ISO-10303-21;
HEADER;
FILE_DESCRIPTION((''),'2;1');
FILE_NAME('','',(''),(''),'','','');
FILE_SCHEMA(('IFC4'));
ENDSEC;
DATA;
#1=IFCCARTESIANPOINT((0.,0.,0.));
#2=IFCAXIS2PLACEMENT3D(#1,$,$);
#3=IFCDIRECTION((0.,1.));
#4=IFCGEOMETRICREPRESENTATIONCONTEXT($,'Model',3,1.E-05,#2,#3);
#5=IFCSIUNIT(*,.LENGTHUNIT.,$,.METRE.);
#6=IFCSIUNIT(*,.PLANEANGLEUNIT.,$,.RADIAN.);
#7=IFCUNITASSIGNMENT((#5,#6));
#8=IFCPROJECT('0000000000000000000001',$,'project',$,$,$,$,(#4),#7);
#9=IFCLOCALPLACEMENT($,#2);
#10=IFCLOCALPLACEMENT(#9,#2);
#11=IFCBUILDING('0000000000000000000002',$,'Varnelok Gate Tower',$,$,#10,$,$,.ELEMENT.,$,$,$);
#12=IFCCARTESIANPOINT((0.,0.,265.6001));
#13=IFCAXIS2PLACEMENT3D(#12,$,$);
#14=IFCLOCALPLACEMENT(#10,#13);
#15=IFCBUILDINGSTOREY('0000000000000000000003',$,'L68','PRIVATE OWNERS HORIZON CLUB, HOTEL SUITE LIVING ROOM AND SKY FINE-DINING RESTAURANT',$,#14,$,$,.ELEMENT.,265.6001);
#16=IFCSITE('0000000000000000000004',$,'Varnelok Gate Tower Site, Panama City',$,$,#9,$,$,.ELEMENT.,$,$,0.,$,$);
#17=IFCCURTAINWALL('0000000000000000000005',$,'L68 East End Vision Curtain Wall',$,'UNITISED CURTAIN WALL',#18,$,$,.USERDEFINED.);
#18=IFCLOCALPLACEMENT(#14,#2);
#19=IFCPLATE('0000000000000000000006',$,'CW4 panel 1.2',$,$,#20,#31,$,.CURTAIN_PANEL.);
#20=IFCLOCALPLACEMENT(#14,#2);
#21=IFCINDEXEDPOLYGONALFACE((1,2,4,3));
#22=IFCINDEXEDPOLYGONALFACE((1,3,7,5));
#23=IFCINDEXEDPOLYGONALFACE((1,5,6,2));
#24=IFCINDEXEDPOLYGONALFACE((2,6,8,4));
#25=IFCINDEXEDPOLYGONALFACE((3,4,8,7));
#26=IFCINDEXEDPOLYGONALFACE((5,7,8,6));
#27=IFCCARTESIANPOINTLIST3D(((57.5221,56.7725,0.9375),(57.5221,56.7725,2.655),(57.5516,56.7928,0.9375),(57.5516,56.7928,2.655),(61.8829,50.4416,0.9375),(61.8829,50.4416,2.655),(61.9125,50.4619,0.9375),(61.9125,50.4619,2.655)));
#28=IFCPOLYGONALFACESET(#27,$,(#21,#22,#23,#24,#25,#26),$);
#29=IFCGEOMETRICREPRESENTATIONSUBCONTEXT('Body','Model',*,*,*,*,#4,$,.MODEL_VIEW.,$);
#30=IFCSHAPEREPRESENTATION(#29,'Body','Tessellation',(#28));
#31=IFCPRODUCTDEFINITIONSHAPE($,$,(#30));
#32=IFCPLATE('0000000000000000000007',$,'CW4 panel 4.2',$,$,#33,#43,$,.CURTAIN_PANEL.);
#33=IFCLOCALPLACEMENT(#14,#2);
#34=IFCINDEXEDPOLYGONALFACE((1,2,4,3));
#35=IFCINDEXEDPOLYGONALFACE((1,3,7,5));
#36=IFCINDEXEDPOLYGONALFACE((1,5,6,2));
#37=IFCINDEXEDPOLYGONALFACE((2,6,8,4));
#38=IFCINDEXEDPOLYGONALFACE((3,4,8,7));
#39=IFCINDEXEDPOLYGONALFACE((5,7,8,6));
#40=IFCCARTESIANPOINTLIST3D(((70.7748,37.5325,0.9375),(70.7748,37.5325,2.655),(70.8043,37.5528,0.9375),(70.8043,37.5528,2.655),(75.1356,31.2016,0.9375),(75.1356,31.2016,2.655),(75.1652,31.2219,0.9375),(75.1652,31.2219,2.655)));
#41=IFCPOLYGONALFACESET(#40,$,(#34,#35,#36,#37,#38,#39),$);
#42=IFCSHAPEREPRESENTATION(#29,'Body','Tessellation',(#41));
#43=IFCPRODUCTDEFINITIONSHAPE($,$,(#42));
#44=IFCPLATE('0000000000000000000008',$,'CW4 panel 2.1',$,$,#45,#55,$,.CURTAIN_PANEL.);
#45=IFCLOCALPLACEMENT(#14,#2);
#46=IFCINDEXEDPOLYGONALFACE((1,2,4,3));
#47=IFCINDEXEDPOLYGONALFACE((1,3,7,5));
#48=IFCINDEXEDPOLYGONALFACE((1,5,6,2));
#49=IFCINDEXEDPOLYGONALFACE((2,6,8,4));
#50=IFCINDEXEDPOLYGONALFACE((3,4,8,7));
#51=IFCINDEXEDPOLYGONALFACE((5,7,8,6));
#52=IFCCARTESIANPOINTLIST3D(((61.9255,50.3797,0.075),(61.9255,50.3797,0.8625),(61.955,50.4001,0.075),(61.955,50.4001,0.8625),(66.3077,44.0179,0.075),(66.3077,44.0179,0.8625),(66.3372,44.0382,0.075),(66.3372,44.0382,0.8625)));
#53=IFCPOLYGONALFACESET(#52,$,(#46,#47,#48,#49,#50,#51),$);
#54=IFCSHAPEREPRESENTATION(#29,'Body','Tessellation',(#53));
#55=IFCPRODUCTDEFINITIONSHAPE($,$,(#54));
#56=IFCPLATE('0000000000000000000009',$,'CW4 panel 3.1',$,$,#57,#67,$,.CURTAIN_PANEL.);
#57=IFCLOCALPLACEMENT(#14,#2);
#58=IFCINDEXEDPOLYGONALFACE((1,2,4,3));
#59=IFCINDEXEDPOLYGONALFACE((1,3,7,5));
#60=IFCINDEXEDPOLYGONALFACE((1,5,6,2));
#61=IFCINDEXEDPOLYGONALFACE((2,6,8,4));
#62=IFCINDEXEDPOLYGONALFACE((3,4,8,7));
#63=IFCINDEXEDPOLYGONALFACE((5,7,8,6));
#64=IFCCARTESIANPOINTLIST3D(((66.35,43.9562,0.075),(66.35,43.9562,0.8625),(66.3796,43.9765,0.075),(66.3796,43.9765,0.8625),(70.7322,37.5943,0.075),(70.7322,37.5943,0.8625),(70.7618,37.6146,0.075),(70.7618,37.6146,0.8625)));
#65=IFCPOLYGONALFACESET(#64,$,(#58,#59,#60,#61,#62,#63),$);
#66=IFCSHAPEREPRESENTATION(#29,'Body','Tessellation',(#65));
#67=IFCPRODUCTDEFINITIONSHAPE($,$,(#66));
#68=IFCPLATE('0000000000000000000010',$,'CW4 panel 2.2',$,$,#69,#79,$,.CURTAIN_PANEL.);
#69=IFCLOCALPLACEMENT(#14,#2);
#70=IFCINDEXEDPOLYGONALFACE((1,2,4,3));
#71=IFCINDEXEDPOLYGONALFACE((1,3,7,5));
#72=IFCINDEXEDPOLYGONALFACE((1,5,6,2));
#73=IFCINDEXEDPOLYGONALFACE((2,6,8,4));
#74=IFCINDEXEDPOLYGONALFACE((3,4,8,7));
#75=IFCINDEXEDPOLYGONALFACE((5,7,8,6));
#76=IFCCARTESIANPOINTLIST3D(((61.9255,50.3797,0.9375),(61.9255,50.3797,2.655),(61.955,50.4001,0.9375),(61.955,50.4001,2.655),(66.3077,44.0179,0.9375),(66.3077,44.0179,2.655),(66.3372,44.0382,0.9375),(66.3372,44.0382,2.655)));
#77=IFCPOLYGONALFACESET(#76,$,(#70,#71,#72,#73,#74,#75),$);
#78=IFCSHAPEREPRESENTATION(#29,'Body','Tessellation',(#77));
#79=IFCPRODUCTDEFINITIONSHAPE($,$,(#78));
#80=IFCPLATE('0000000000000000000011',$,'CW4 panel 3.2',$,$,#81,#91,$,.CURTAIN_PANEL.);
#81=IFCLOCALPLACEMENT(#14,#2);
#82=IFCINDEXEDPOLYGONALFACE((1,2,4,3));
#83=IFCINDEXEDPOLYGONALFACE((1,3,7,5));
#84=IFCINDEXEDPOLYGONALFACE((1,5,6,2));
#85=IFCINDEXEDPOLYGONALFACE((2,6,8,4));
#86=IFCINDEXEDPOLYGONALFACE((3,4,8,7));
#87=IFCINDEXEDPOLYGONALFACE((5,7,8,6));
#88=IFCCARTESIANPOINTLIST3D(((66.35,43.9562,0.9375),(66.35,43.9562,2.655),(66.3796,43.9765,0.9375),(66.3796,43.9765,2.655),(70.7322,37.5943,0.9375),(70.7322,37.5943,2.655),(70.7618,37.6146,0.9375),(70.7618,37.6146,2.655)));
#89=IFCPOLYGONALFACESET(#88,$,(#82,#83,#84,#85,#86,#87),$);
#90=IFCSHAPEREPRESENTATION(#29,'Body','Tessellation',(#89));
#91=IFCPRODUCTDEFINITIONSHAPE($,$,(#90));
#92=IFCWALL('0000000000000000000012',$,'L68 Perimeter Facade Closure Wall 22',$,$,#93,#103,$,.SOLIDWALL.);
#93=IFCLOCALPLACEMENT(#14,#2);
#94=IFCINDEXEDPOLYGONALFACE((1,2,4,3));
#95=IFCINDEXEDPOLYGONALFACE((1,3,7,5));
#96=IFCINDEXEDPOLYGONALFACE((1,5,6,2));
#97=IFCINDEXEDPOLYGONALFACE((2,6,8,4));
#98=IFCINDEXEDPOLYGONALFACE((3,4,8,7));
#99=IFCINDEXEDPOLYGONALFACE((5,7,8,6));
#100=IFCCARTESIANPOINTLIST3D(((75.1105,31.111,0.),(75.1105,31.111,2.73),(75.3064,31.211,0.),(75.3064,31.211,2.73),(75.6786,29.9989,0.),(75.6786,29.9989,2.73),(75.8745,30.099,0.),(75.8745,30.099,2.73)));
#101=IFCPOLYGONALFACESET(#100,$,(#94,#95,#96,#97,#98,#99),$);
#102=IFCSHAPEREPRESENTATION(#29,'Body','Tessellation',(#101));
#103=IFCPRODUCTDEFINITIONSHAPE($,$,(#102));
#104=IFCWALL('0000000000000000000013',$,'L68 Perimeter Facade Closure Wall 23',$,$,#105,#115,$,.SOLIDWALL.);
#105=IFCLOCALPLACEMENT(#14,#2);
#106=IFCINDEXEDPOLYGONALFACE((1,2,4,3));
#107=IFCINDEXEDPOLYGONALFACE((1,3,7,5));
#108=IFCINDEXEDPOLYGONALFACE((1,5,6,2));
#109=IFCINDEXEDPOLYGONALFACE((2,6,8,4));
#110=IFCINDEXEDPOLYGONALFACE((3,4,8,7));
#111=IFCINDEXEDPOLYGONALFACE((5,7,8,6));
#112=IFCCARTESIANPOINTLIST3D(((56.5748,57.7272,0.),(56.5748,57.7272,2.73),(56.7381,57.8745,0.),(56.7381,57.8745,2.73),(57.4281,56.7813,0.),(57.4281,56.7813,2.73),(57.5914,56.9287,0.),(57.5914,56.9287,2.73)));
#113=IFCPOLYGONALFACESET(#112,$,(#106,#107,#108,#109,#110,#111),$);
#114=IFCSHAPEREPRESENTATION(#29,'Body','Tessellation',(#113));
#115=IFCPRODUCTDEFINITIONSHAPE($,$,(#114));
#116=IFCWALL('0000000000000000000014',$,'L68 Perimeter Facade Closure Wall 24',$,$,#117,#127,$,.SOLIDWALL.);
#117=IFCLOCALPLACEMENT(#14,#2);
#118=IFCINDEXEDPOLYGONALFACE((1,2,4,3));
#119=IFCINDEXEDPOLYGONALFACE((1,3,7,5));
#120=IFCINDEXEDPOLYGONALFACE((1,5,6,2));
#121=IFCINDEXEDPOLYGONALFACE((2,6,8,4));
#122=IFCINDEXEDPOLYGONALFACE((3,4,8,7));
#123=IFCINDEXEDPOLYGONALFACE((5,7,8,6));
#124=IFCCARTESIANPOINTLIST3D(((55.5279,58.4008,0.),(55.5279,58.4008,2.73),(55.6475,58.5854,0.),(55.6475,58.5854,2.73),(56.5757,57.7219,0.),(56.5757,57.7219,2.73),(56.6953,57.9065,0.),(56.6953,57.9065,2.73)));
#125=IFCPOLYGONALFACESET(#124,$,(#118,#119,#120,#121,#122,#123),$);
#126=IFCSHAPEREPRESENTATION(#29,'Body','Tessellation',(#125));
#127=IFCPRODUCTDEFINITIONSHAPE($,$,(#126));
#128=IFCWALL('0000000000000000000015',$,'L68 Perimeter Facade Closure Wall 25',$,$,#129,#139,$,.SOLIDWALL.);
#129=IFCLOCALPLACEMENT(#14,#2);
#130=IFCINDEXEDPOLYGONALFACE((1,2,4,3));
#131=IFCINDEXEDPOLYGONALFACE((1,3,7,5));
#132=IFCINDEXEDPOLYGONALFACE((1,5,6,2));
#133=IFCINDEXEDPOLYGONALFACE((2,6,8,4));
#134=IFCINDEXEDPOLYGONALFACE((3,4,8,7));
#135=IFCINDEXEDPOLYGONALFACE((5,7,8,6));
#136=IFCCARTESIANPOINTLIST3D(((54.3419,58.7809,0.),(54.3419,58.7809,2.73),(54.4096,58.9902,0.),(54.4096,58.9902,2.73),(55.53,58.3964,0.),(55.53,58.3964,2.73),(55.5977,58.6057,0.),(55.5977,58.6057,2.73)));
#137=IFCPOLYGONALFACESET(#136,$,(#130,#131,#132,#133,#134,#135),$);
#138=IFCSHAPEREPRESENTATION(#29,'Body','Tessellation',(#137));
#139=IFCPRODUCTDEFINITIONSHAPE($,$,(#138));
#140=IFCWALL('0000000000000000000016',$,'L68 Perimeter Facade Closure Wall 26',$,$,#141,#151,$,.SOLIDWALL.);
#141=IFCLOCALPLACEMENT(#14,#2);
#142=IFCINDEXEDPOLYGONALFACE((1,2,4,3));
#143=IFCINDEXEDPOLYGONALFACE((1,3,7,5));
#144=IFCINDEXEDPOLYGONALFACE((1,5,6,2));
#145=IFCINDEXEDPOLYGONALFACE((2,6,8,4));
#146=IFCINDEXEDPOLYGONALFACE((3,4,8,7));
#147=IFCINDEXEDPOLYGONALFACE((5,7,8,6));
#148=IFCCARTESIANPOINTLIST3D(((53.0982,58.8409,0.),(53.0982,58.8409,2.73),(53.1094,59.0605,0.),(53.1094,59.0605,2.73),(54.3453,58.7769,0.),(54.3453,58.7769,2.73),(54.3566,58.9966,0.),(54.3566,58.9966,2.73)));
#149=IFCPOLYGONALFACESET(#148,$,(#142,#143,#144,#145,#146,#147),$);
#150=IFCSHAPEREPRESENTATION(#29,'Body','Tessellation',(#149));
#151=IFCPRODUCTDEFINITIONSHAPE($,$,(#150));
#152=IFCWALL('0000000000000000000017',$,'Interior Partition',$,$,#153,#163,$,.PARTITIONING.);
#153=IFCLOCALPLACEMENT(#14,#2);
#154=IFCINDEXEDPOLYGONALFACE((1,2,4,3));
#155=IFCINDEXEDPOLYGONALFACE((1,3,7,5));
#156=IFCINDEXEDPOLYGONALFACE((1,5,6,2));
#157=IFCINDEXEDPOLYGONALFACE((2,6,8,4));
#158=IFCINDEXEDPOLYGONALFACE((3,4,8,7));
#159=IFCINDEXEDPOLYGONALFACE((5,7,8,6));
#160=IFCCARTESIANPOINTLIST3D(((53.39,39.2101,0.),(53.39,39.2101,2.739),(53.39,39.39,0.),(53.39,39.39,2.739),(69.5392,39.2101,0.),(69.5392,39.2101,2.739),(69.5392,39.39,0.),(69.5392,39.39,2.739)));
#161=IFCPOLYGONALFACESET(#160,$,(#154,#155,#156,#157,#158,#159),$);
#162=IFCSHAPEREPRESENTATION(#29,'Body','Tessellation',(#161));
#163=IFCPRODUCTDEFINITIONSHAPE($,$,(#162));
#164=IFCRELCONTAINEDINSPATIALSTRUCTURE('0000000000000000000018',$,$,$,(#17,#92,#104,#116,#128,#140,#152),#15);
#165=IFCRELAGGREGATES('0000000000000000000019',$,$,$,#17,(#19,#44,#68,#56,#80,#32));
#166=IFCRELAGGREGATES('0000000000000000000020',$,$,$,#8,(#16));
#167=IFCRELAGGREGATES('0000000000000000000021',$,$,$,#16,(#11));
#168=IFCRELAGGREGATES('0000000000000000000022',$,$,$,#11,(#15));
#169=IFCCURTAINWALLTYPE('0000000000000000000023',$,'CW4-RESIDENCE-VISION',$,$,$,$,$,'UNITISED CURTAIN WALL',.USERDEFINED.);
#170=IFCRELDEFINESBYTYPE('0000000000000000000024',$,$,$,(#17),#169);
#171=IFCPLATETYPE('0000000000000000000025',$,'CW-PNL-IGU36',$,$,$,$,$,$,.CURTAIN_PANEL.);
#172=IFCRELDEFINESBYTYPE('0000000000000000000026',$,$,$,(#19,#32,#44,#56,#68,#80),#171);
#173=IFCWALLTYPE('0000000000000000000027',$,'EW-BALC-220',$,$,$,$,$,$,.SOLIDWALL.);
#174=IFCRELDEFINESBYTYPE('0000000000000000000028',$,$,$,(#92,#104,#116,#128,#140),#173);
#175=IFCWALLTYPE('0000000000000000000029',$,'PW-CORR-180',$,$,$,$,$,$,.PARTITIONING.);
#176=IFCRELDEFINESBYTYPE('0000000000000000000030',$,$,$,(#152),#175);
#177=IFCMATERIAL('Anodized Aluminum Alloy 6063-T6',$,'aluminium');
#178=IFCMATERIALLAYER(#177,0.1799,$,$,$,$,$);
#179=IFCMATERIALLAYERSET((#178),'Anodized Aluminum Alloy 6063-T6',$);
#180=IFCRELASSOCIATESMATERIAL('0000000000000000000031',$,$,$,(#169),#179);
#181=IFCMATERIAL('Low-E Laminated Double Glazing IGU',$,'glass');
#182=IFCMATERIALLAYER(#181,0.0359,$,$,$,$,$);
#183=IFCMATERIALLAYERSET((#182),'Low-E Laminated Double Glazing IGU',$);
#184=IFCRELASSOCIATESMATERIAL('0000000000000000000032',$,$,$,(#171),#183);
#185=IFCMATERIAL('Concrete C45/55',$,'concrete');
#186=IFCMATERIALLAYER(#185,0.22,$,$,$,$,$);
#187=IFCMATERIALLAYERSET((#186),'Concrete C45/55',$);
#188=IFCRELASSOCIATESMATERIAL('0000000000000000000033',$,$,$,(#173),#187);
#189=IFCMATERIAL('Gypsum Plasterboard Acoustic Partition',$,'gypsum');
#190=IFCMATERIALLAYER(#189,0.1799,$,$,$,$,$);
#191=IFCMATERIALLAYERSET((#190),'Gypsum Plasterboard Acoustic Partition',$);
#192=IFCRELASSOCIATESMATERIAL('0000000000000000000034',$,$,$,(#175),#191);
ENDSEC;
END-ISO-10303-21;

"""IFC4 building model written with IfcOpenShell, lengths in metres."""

from ifc_helpers import new_model, si_unit, direction, frame, frame_2d, origin, origin_2d, place, context, subcontext, project, spatial, rectangle, extrude, source, transform, mapped, material, layer, layer_set, type_object, element, aggregate, save


model = new_model("IFC4")

# Units and contexts
model_context = context("Model", 3, precision=1e-05, world=origin(), true_north=direction((0.0, 1.0)))
body_context = subcontext(model_context, "Body", "Model", "MODEL_VIEW")
ifc_project = project(units=[si_unit("LENGTHUNIT", "METRE"), si_unit("PLANEANGLEUNIT", "RADIAN")], contexts=[model_context])

# Site, building, storey
site_placement = place(None, origin())
site = spatial("IfcSite", under=ifc_project, at=site_placement, Name="Varnelok Gate Tower Site, Panama City", CompositionType="ELEMENT", RefElevation=0.0)
building_placement = place(site_placement, origin())
building = spatial("IfcBuilding", under=site, at=building_placement, Name="Varnelok Gate Tower", CompositionType="ELEMENT")
storey_placement = place(building_placement, frame((0.0, 0.0, 265.6001)))
storey = spatial("IfcBuildingStorey", under=building, at=storey_placement, Name="L68", Description="PRIVATE OWNERS HORIZON CLUB, HOTEL SUITE LIVING ROOM AND SKY FINE-DINING RESTAURANT", CompositionType="ELEMENT", Elevation=265.6001)

# Curtain wall, plates
ifc_material_1 = material(Name="Anodized Aluminum Alloy 6063-T6", Category="aluminium")
ifc_layer_1 = layer(ifc_material_1, 0.1799)
ifc_layer_set_1 = layer_set([ifc_layer_1], Name="Anodized Aluminum Alloy 6063-T6")
curtain_wall_type = type_object("IfcCurtainWallType", Name="CW4-RESIDENCE-VISION", ElementType="UNITISED CURTAIN WALL", PredefinedType="USERDEFINED", material=ifc_layer_set_1)
curtain_wall_placement = place(storey_placement, origin())
curtain_wall = element("IfcCurtainWall", 1, at=curtain_wall_placement, inside=storey, type_object=curtain_wall_type, Name="L68 East End Vision Curtain Wall", ObjectType="UNITISED CURTAIN WALL", PredefinedType="USERDEFINED")
ifc_material_2 = material(Name="Low-E Laminated Double Glazing IGU", Category="glass")
ifc_layer_2 = layer(ifc_material_2, 0.0359)
ifc_layer_set_2 = layer_set([ifc_layer_2], Name="Low-E Laminated Double Glazing IGU")
plate_type = type_object("IfcPlateType", Name="CW-PNL-IGU36", PredefinedType="CURTAIN_PANEL", material=ifc_layer_set_2)
shared_shape_1 = source(origin(), body_context, "Body", "SweptSolid", [
    extrude(rectangle(XDim=7.6875, YDim=0.0359, at=origin_2d()), origin(), (0.0, 0.0, 1.0), 1.7175),
])
plate_1_placement = place(storey_placement, frame((59.7173, 53.6172, 0.9375), z_axis=(0.0, 0.0, 1.0), x_axis=(0.567269, -0.823532, 0.0)))
plate_1 = element("IfcPlate", 2, at=plate_1_placement, type_object=plate_type, Name="CW4 panel 1.2", PredefinedType="CURTAIN_PANEL", context=body_context, shape_type="MappedRepresentation", body=[
    mapped(shared_shape_1, transform((0.0, 0.0, 0.0), scale=1.0)),
])
plate_2_placement = place(storey_placement, frame((72.97, 34.3772, 0.9375), z_axis=(0.0, 0.0, 1.0), x_axis=(0.567269, -0.823532, 0.0)))
plate_2 = element("IfcPlate", 3, at=plate_2_placement, type_object=plate_type, Name="CW4 panel 4.2", PredefinedType="CURTAIN_PANEL", context=body_context, shape_type="MappedRepresentation", body=[
    mapped(shared_shape_1, transform((0.0, 0.0, 0.0), scale=1.0)),
])
shared_shape_2 = source(origin(), body_context, "Body", "SweptSolid", [
    extrude(rectangle(XDim=7.7251, YDim=0.0359, at=origin_2d()), origin(), (0.0, 0.0, 1.0), 0.7876),
])
plate_3_placement = place(storey_placement, frame((64.1313, 47.209, 0.075), z_axis=(0.0, 0.0, 1.0), x_axis=(0.567269, -0.823532, 0.0)))
plate_3 = element("IfcPlate", 4, at=plate_3_placement, type_object=plate_type, Name="CW4 panel 2.1", PredefinedType="CURTAIN_PANEL", context=body_context, shape_type="MappedRepresentation", body=[
    mapped(shared_shape_2, transform((0.0, 0.0, 0.0), scale=1.0)),
])
plate_4_placement = place(storey_placement, frame((68.5559, 40.7854, 0.075), z_axis=(0.0, 0.0, 1.0), x_axis=(0.567269, -0.823532, 0.0)))
plate_4 = element("IfcPlate", 5, at=plate_4_placement, type_object=plate_type, Name="CW4 panel 3.1", PredefinedType="CURTAIN_PANEL", context=body_context, shape_type="MappedRepresentation", body=[
    mapped(shared_shape_2, transform((0.0, 0.0, 0.0), scale=1.0)),
])
shared_shape_3 = source(origin(), body_context, "Body", "SweptSolid", [
    extrude(rectangle(XDim=7.7251, YDim=0.0359, at=origin_2d()), origin(), (0.0, 0.0, 1.0), 1.7175),
])
plate_5_placement = place(storey_placement, frame((64.1313, 47.209, 0.9375), z_axis=(0.0, 0.0, 1.0), x_axis=(0.567269, -0.823532, 0.0)))
plate_5 = element("IfcPlate", 6, at=plate_5_placement, type_object=plate_type, Name="CW4 panel 2.2", PredefinedType="CURTAIN_PANEL", context=body_context, shape_type="MappedRepresentation", body=[
    mapped(shared_shape_3, transform((0.0, 0.0, 0.0), scale=1.0)),
])
plate_6_placement = place(storey_placement, frame((68.5559, 40.7854, 0.9375), z_axis=(0.0, 0.0, 1.0), x_axis=(0.567269, -0.823532, 0.0)))
plate_6 = element("IfcPlate", 7, at=plate_6_placement, type_object=plate_type, Name="CW4 panel 3.2", PredefinedType="CURTAIN_PANEL", context=body_context, shape_type="MappedRepresentation", body=[
    mapped(shared_shape_3, transform((0.0, 0.0, 0.0), scale=1.0)),
])
aggregate(curtain_wall, [plate_1, plate_3, plate_5, plate_4, plate_6, plate_2])

# Walls
ifc_material_3 = material(Name="Concrete C45/55", Category="concrete")
ifc_layer_3 = layer(ifc_material_3, 0.22)
ifc_layer_set_3 = layer_set([ifc_layer_3], Name="Concrete C45/55")
wall_type_1 = type_object("IfcWallType", Name="EW-BALC-220", PredefinedType="SOLIDWALL", material=ifc_layer_set_3)
wall_1_placement = place(storey_placement, frame((75.7766, 30.0488, 0.0), z_axis=(0.0, 0.0, 1.0), x_axis=(-0.454939, 0.890523, 0.0)))
element("IfcWall", 8, at=wall_1_placement, inside=storey, type_object=wall_type_1, Name="L68 Perimeter Facade Closure Wall 22", PredefinedType="SOLIDWALL", context=body_context, shape_type="SweptSolid", body=[
    extrude(rectangle(XDim=1.2488, YDim=0.22, at=frame_2d((0.6245, 0.0))), origin(), (0.0, 0.0, 1.0), 2.73),
])
wall_2_placement = place(storey_placement, frame((57.5098, 56.855, 0.0), z_axis=(0.0, 0.0, 1.0), x_axis=(-0.669854, 0.742493, 0.0)))
element("IfcWall", 9, at=wall_2_placement, inside=storey, type_object=wall_type_1, Name="L68 Perimeter Facade Closure Wall 23", PredefinedType="SOLIDWALL", context=body_context, shape_type="SweptSolid", body=[
    extrude(rectangle(XDim=1.2739, YDim=0.22, at=frame_2d((0.637, 0.0))), origin(), (0.0, 0.0, 1.0), 2.73),
])
wall_3_placement = place(storey_placement, frame((56.6355, 57.8142, 0.0), z_axis=(0.0, 0.0, 1.0), x_axis=(-0.839229, 0.543778, 0.0)))
element("IfcWall", 10, at=wall_3_placement, inside=storey, type_object=wall_type_1, Name="L68 Perimeter Facade Closure Wall 24", PredefinedType="SOLIDWALL", context=body_context, shape_type="SweptSolid", body=[
    extrude(rectangle(XDim=1.2485, YDim=0.22, at=frame_2d((0.6243, 0.0))), origin(), (0.0, 0.0, 1.0), 2.73),
])
for number, where, z_axis, x_axis, name in (
    (11, (55.564, 58.501, 0.0), (0.0, 0.0, 1.0), (-0.951404, 0.307945, 0.0), "L68 Perimeter Facade Closure Wall 25"),
    (12, (54.3511, 58.8867, 0.0), (0.0, 0.0, 1.0), (-0.998687, 0.051225, 0.0), "L68 Perimeter Facade Closure Wall 26"),
):
    element("IfcWall", number, at=place(storey_placement, frame(where, z_axis=z_axis, x_axis=x_axis)), inside=storey, type_object=wall_type_1, Name=name, PredefinedType="SOLIDWALL", context=body_context, shape_type="SweptSolid", body=[
        extrude(rectangle(XDim=1.2488, YDim=0.22, at=frame_2d((0.6245, 0.0))), origin(), (0.0, 0.0, 1.0), 2.73),
    ])
ifc_material_4 = material(Name="Gypsum Plasterboard Acoustic Partition", Category="gypsum")
ifc_layer_4 = layer(ifc_material_4, 0.1799)
ifc_layer_set_4 = layer_set([ifc_layer_4], Name="Gypsum Plasterboard Acoustic Partition")
wall_type_2 = type_object("IfcWallType", Name="PW-CORR-180", PredefinedType="PARTITIONING", material=ifc_layer_set_4)
wall_4_placement = place(storey_placement, frame((53.3899, 39.3, 0.0), z_axis=(0.0, 0.0, 1.0), x_axis=(1.0, 0.0, 0.0)))
element("IfcWall", 13, at=wall_4_placement, inside=storey, type_object=wall_type_2, Name="Interior Partition", PredefinedType="PARTITIONING", context=body_context, shape_type="SweptSolid", body=[
    extrude(rectangle(XDim=16.1492, YDim=0.1799, at=frame_2d((8.0747, 0.0))), origin(), (0.0, 0.0, 1.0), 2.739),
])

save(model, "model.ifc")
